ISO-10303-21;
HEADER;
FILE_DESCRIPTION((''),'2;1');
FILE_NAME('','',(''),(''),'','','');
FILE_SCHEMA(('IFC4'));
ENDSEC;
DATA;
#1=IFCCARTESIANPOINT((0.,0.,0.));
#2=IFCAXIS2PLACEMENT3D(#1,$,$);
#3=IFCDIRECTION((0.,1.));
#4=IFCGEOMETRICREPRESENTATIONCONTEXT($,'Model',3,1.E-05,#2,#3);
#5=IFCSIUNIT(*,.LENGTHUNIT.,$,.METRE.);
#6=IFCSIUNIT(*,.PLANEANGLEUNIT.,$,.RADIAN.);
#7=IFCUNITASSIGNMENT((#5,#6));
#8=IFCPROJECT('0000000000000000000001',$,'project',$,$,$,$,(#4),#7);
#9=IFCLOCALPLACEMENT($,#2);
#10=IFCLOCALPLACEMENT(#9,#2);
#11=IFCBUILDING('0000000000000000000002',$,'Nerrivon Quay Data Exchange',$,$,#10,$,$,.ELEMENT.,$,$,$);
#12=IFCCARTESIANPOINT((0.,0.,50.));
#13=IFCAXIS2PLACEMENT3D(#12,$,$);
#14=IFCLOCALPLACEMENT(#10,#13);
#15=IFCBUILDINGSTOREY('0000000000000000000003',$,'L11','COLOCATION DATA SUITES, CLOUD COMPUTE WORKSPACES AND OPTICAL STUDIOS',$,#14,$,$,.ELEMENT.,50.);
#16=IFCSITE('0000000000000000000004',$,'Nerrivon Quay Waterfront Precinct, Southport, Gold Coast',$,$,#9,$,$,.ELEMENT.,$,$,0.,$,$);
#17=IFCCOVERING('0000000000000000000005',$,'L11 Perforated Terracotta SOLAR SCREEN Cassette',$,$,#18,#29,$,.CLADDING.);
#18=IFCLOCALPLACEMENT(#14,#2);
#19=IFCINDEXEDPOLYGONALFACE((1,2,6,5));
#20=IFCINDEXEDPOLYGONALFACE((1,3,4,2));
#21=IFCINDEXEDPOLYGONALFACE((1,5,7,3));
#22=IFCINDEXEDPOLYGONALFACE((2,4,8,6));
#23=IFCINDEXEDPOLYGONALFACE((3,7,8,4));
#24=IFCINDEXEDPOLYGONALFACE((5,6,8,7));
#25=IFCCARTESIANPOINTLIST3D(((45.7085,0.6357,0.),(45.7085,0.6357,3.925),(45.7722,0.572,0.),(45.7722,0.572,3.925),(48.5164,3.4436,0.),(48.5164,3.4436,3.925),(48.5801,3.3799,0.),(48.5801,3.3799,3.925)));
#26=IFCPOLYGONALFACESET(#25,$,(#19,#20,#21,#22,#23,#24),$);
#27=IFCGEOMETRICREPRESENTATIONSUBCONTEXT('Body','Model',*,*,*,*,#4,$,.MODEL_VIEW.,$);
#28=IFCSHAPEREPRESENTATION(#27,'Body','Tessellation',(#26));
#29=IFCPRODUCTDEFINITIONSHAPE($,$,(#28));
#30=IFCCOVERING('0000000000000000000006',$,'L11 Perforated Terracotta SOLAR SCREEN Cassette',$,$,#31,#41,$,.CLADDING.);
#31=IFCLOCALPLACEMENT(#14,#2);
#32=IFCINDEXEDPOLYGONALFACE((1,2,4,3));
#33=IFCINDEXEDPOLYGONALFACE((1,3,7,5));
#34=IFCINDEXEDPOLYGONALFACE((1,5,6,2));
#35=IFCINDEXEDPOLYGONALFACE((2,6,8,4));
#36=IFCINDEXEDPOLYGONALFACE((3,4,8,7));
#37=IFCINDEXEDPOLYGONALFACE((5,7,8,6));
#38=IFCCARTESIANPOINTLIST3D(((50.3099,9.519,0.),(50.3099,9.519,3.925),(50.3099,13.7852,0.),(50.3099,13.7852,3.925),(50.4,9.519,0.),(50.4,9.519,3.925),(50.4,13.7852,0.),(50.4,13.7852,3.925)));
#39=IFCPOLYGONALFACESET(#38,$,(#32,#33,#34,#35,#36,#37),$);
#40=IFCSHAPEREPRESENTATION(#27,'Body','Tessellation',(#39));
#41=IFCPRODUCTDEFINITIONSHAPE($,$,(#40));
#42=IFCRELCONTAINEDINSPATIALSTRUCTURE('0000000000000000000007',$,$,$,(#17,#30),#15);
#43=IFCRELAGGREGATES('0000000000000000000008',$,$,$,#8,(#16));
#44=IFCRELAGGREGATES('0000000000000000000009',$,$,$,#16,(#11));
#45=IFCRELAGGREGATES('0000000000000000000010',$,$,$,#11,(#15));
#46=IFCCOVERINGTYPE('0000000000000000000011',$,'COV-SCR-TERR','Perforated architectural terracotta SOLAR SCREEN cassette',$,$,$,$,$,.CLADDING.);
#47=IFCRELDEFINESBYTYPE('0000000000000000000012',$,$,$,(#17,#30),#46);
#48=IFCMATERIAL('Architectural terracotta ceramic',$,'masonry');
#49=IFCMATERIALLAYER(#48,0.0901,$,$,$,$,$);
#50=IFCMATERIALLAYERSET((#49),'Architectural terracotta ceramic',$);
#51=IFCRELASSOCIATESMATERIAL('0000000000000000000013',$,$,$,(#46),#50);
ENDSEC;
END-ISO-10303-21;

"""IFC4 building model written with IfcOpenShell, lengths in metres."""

from ifc_helpers import new_model, si_unit, direction, frame, origin, origin_2d, place, context, subcontext, project, spatial, rectangle, extrude, material, layer, layer_set, type_object, element, save


model = new_model("IFC4")

# Units and contexts
model_context = context("Model", 3, precision=1e-05, world=origin(), true_north=direction((0.0, 1.0)))
body_context = subcontext(model_context, "Body", "Model", "MODEL_VIEW")
ifc_project = project(units=[si_unit("LENGTHUNIT", "METRE"), si_unit("PLANEANGLEUNIT", "RADIAN")], contexts=[model_context])

# Site, building, storey
site_placement = place(None, origin())
site = spatial("IfcSite", under=ifc_project, at=site_placement, Name="Nerrivon Quay Waterfront Precinct, Southport, Gold Coast", CompositionType="ELEMENT", RefElevation=0.0)
building_placement = place(site_placement, origin())
building = spatial("IfcBuilding", under=site, at=building_placement, Name="Nerrivon Quay Data Exchange", CompositionType="ELEMENT")
storey_placement = place(building_placement, frame((0.0, 0.0, 50.0)))
storey = spatial("IfcBuildingStorey", under=building, at=storey_placement, Name="L11", Description="COLOCATION DATA SUITES, CLOUD COMPUTE WORKSPACES AND OPTICAL STUDIOS", CompositionType="ELEMENT", Elevation=50.0)

# Coverings
ifc_material_1 = material(Name="Architectural terracotta ceramic", Category="masonry")
ifc_layer_1 = layer(ifc_material_1, 0.0901)
ifc_layer_set_1 = layer_set([ifc_layer_1], Name="Architectural terracotta ceramic")
covering_type = type_object("IfcCoveringType", Name="COV-SCR-TERR", Description="Perforated architectural terracotta SOLAR SCREEN cassette", PredefinedType="CLADDING", material=ifc_layer_set_1)
covering_1_placement = place(storey_placement, frame((47.1443, 2.0078, 0.0), z_axis=(0.0, 0.0, 1.0), x_axis=(-0.707107, -0.707107, 0.0)))
element("IfcCovering", 1, at=covering_1_placement, inside=storey, type_object=covering_type, Name="L11 Perforated Terracotta SOLAR SCREEN Cassette", PredefinedType="CLADDING", context=body_context, shape_type="SweptSolid", body=[
    extrude(rectangle(XDim=3.9709, YDim=0.0901, at=origin_2d()), origin(), (0.0, 0.0, 1.0), 3.925),
])
covering_2_placement = place(storey_placement, frame((50.355, 11.6521, 0.0), z_axis=(0.0, 0.0, 1.0), x_axis=(0.0, -1.0, 0.0)))
element("IfcCovering", 2, at=covering_2_placement, inside=storey, type_object=covering_type, Name="L11 Perforated Terracotta SOLAR SCREEN Cassette", PredefinedType="CLADDING", context=body_context, shape_type="SweptSolid", body=[
    extrude(rectangle(XDim=4.2661, YDim=0.0901, at=origin_2d()), origin(), (0.0, 0.0, 1.0), 3.925),
])

save(model, "model.ifc")
